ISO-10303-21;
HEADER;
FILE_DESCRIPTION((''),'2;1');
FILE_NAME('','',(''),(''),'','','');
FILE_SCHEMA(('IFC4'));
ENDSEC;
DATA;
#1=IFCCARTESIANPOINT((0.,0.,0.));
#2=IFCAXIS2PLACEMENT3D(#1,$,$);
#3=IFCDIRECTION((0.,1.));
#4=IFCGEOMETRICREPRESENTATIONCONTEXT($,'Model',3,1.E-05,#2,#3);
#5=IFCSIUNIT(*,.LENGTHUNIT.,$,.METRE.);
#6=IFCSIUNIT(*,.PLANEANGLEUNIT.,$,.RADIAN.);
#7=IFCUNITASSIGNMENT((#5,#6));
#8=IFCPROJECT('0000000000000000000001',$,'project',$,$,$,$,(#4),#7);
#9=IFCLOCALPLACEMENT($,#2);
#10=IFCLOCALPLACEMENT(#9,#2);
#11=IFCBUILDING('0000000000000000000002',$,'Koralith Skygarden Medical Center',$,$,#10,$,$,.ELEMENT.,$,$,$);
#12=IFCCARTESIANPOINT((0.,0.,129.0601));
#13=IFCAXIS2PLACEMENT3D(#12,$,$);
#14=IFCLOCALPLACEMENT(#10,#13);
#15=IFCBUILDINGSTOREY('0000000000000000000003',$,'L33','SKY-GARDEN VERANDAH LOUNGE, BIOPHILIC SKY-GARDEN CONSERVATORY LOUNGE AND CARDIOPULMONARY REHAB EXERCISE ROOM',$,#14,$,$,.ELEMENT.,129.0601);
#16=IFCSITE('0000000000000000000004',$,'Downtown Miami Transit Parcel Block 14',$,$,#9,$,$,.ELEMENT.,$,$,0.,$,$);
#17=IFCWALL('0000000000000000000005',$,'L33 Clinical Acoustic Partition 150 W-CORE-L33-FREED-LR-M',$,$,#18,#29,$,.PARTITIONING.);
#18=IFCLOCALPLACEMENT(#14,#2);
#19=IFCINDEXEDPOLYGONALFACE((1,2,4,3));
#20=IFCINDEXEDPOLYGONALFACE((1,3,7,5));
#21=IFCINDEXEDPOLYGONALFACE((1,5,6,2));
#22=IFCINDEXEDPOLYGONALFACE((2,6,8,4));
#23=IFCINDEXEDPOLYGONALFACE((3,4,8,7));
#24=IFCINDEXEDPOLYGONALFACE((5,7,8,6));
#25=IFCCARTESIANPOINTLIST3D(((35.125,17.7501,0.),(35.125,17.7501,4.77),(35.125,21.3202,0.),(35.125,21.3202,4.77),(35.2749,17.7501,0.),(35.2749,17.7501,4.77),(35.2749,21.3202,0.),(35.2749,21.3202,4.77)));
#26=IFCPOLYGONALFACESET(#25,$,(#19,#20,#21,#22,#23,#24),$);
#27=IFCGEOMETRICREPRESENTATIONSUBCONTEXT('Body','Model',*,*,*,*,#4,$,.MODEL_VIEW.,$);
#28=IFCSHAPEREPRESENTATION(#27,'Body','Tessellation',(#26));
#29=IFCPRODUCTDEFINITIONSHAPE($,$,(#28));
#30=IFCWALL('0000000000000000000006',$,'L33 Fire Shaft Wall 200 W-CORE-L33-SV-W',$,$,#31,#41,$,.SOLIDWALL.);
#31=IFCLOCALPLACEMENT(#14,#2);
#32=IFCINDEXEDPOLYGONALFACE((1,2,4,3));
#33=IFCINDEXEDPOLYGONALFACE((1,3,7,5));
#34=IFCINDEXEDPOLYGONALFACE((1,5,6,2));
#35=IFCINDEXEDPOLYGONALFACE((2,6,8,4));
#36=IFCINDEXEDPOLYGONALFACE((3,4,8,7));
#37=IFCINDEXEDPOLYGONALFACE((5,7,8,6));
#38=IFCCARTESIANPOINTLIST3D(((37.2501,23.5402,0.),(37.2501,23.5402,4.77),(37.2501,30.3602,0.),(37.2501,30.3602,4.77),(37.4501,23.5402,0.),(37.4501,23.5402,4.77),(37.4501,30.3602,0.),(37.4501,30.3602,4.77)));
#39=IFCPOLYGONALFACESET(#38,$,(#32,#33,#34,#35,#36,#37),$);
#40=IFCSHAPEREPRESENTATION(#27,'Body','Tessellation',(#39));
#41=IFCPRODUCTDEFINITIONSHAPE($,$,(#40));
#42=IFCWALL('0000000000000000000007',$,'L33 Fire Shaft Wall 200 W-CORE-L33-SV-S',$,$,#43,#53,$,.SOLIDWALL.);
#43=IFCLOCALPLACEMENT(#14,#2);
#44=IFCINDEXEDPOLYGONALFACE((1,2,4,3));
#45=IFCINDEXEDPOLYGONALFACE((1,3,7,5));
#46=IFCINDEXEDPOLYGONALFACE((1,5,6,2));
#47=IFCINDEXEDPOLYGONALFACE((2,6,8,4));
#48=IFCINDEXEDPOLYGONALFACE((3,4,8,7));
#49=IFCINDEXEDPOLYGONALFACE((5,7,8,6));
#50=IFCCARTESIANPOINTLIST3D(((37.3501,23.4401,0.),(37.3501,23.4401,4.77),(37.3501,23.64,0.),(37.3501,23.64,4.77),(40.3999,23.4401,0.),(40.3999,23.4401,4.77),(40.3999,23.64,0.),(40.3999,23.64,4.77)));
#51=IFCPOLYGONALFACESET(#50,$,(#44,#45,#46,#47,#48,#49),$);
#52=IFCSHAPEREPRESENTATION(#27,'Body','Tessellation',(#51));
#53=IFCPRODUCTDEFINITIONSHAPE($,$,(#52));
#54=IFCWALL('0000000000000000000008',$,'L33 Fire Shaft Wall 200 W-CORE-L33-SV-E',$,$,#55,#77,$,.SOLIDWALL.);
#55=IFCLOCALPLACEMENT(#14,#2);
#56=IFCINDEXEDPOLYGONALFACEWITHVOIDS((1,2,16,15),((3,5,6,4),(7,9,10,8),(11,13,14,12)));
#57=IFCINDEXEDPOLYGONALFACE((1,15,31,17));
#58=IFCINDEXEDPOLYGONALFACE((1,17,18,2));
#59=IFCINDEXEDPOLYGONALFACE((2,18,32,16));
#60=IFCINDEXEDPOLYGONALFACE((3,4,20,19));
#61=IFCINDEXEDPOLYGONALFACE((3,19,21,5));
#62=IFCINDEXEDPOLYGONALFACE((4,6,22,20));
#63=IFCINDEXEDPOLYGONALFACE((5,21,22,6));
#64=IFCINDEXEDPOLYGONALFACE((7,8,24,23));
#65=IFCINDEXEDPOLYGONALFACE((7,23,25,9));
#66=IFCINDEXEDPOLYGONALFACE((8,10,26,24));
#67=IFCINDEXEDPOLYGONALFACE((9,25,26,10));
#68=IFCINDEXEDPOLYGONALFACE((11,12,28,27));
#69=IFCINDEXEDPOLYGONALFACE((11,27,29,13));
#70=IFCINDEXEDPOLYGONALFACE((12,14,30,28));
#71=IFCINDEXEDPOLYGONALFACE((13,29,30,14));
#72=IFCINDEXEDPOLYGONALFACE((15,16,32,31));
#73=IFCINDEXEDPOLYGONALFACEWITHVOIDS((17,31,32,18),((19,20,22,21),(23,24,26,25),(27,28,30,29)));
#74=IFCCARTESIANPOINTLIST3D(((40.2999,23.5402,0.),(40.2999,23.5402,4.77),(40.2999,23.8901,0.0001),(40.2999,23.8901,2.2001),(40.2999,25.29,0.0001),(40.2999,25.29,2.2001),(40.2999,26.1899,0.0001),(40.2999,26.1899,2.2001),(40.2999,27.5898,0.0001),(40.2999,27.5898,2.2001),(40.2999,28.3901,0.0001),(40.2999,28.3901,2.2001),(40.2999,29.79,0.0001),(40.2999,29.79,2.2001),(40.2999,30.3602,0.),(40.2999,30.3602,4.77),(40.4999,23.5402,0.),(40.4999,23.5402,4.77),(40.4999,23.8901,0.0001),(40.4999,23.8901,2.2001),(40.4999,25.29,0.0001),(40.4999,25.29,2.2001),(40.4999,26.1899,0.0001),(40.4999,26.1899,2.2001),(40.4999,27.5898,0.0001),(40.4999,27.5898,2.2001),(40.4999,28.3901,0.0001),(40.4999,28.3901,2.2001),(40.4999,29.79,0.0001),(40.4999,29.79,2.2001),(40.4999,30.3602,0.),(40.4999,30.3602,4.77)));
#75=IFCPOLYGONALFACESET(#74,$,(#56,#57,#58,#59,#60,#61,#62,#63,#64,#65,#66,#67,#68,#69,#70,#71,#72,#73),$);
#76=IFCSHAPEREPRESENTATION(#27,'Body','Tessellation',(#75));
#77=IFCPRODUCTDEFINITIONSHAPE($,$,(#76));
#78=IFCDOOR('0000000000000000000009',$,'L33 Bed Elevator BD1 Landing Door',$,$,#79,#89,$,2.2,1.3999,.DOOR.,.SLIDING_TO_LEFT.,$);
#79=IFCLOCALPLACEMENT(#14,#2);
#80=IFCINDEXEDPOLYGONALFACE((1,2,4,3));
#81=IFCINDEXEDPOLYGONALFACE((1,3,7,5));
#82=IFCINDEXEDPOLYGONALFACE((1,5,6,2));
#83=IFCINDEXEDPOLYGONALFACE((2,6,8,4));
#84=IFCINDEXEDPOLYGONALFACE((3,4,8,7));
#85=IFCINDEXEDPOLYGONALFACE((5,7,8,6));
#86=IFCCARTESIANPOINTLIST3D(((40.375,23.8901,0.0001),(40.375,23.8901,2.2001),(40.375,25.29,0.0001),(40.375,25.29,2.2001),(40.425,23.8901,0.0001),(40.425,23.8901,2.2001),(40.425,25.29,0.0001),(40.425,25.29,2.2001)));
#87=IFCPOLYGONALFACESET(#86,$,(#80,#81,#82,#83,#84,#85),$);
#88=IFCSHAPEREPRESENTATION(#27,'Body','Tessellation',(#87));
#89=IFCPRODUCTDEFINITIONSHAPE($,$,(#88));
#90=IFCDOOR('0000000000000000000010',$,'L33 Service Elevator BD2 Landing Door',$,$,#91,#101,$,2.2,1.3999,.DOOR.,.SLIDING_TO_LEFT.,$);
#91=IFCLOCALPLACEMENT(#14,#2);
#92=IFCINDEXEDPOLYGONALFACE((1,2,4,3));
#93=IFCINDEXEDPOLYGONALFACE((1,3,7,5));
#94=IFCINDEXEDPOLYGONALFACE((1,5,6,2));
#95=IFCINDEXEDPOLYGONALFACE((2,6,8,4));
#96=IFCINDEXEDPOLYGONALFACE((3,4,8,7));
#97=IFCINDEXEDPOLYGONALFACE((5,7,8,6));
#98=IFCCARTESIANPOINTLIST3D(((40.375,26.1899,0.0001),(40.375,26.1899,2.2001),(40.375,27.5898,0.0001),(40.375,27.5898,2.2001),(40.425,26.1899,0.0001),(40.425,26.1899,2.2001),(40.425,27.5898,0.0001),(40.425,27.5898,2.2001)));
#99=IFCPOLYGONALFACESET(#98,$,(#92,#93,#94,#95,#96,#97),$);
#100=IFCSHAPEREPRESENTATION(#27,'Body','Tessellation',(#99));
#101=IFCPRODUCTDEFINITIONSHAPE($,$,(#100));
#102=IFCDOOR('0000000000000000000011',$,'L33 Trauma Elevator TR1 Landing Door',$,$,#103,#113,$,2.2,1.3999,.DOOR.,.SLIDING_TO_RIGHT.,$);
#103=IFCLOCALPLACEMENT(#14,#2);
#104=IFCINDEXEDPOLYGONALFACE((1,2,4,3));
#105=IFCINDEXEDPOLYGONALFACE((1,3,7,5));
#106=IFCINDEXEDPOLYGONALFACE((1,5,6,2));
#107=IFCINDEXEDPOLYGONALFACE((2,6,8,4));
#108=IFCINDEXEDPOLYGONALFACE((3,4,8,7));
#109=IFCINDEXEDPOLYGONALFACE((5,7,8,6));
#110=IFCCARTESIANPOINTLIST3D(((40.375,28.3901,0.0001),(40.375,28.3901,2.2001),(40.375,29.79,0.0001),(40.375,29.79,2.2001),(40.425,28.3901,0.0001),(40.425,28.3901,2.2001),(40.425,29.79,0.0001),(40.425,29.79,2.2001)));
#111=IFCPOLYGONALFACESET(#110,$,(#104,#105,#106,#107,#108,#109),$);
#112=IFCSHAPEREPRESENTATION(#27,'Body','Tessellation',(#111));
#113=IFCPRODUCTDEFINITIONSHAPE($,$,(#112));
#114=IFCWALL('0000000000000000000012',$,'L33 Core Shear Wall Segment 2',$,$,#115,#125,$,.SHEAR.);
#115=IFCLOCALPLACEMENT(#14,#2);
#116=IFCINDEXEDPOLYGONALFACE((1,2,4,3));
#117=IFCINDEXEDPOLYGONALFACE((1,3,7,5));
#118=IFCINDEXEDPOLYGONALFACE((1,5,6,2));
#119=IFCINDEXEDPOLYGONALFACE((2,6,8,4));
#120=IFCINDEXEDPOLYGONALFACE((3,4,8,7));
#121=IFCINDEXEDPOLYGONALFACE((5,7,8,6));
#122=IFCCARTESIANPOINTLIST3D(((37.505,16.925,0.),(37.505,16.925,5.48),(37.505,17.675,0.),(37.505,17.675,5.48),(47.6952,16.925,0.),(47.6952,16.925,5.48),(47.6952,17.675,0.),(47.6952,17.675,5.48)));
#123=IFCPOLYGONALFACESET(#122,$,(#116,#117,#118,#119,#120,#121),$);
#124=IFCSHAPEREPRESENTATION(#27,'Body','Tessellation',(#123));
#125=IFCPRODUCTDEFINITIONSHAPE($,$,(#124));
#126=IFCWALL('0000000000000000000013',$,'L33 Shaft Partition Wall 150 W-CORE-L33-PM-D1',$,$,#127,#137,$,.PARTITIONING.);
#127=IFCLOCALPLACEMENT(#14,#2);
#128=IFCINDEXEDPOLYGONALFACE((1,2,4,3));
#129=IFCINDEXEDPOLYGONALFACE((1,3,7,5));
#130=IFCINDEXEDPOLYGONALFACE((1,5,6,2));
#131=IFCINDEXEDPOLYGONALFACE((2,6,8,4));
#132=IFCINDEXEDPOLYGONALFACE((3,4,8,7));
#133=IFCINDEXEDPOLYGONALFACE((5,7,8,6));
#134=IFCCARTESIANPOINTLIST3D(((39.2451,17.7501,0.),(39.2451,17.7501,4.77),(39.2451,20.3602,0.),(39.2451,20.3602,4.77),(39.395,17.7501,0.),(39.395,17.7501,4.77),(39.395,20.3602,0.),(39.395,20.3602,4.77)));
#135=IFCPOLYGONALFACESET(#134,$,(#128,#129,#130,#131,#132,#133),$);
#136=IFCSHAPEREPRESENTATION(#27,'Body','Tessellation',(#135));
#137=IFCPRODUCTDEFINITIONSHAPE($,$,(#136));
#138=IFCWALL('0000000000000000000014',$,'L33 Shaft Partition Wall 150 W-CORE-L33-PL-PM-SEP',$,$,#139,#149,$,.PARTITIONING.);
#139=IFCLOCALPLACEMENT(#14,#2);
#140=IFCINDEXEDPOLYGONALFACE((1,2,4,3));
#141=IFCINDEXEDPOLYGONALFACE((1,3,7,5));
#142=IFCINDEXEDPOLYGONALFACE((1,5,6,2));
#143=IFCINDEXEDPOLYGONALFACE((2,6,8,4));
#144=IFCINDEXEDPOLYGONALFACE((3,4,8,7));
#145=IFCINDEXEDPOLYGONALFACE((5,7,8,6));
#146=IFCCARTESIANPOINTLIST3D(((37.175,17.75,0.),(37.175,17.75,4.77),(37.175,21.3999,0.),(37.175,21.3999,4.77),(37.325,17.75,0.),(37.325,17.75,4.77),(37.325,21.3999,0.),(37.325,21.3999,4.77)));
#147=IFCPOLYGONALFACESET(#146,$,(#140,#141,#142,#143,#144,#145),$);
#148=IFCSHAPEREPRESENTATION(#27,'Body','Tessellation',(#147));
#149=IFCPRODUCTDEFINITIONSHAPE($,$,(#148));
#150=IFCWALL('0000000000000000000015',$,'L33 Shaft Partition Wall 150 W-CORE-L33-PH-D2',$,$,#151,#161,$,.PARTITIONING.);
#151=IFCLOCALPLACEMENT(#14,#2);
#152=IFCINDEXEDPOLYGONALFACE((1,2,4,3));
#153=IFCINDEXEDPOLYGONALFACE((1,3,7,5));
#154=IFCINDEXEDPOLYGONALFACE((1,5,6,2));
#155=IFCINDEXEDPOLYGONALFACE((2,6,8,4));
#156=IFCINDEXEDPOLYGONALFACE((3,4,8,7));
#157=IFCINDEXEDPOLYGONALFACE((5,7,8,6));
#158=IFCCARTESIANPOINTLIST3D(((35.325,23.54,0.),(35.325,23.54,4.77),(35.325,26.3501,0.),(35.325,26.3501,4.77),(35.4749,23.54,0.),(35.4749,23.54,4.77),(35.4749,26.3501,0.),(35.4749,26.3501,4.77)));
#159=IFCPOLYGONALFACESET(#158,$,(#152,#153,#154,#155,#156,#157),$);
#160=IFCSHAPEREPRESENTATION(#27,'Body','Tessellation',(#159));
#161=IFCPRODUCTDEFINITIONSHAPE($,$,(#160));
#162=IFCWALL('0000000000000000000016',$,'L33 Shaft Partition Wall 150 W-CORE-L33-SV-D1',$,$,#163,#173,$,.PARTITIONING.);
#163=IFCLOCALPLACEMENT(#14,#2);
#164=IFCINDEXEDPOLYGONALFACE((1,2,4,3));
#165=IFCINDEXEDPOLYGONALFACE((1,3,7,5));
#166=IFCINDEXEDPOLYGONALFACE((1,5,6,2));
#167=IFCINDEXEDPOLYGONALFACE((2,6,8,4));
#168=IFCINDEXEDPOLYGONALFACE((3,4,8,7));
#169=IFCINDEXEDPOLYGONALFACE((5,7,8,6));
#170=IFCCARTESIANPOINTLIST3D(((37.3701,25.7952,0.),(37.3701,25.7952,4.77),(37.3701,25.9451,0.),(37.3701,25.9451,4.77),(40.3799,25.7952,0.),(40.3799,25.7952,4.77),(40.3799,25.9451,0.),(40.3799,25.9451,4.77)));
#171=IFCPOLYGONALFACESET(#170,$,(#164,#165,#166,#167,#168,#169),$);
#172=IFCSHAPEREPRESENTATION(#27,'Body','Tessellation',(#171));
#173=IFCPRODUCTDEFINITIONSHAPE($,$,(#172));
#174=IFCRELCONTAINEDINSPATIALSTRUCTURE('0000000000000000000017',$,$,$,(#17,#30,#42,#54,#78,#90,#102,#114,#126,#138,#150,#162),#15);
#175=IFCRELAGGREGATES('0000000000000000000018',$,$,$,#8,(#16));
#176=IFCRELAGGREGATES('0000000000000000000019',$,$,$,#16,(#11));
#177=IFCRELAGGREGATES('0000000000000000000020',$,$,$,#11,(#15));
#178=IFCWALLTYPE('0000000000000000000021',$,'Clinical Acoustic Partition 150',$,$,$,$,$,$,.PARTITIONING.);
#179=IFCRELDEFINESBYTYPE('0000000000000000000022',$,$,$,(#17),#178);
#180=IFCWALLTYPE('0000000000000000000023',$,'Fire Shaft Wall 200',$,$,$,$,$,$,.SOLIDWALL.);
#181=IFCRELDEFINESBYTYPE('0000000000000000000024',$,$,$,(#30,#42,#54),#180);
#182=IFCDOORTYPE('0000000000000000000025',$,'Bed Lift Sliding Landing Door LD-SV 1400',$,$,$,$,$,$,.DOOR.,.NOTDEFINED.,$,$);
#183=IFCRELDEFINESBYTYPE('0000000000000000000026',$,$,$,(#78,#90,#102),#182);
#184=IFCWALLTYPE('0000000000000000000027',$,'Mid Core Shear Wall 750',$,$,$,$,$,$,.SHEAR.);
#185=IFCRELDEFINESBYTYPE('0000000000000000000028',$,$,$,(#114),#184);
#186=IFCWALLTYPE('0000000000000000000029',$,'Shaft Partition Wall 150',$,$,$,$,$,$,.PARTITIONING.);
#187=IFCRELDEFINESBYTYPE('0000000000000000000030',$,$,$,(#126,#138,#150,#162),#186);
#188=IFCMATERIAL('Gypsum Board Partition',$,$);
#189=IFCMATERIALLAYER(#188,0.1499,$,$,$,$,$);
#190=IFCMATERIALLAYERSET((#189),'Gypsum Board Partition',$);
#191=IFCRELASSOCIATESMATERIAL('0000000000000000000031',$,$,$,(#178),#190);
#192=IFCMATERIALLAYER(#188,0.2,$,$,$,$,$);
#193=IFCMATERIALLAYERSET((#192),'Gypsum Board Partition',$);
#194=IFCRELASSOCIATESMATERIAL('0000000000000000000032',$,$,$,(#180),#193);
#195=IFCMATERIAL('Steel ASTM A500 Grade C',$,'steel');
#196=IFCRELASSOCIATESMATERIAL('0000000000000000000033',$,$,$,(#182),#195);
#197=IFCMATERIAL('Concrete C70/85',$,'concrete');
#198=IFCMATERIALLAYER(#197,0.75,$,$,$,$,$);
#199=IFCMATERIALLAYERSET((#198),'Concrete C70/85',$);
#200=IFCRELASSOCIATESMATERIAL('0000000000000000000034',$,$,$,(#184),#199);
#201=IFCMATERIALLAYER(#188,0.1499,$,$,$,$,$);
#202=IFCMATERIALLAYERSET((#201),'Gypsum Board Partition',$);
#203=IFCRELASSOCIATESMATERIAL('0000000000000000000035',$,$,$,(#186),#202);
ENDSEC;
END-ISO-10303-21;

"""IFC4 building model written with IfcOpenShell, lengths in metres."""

from ifc_helpers import new_model, si_unit, direction, frame, frame_2d, origin, place, context, subcontext, project, spatial, rectangle, extrude, material, layer, layer_set, type_object, element, fill, save


model = new_model("IFC4")

# Units and contexts
model_context = context("Model", 3, precision=1e-05, world=origin(), true_north=direction((0.0, 1.0)))
body_context = subcontext(model_context, "Body", "Model", "MODEL_VIEW")
ifc_project = project(units=[si_unit("LENGTHUNIT", "METRE"), si_unit("PLANEANGLEUNIT", "RADIAN")], contexts=[model_context])

# Site, building, storey
site_placement = place(None, origin())
site = spatial("IfcSite", under=ifc_project, at=site_placement, Name="Downtown Miami Transit Parcel Block 14", CompositionType="ELEMENT", RefElevation=0.0)
building_placement = place(site_placement, origin())
building = spatial("IfcBuilding", under=site, at=building_placement, Name="Koralith Skygarden Medical Center", CompositionType="ELEMENT")
storey_placement = place(building_placement, frame((0.0, 0.0, 129.0601)))
storey = spatial("IfcBuildingStorey", under=building, at=storey_placement, Name="L33", Description="SKY-GARDEN VERANDAH LOUNGE, BIOPHILIC SKY-GARDEN CONSERVATORY LOUNGE AND CARDIOPULMONARY REHAB EXERCISE ROOM", CompositionType="ELEMENT", Elevation=129.0601)

# Wall
ifc_material_1 = material(Name="Gypsum Board Partition")
ifc_layer_1 = layer(ifc_material_1, 0.1499)
ifc_layer_set_1 = layer_set([ifc_layer_1], Name="Gypsum Board Partition")
wall_type_1 = type_object("IfcWallType", Name="Clinical Acoustic Partition 150", PredefinedType="PARTITIONING", material=ifc_layer_set_1)
wall_1_placement = place(storey_placement, frame((35.2, 17.75, 0.0), z_axis=(0.0, 0.0, 1.0), x_axis=(0.0, 1.0, 0.0)))
element("IfcWall", 1, at=wall_1_placement, inside=storey, type_object=wall_type_1, Name="L33 Clinical Acoustic Partition 150 W-CORE-L33-FREED-LR-M", PredefinedType="PARTITIONING", context=body_context, shape_type="SweptSolid", body=[
    extrude(rectangle(XDim=3.5701, YDim=0.1499, at=frame_2d((1.7852, 0.0))), origin(), (0.0, 0.0, 1.0), 4.77),
])

# Shared definitions
ifc_layer_2 = layer(ifc_material_1, 0.2)
ifc_layer_set_2 = layer_set([ifc_layer_2], Name="Gypsum Board Partition")
wall_type_2 = type_object("IfcWallType", Name="Fire Shaft Wall 200", PredefinedType="SOLIDWALL", material=ifc_layer_set_2)
ifc_material_2 = material(Name="Steel ASTM A500 Grade C", Category="steel")

# Walls
wall_2_placement = place(storey_placement, frame((37.3501, 23.54, 0.0), z_axis=(0.0, 0.0, 1.0), x_axis=(0.0, 1.0, 0.0)))
element("IfcWall", 2, at=wall_2_placement, inside=storey, type_object=wall_type_2, Name="L33 Fire Shaft Wall 200 W-CORE-L33-SV-W", PredefinedType="SOLIDWALL", context=body_context, shape_type="SweptSolid", body=[
    extrude(rectangle(XDim=6.8201, YDim=0.2, at=frame_2d((3.4102, 0.0))), origin(), (0.0, 0.0, 1.0), 4.77),
])
wall_3_placement = place(storey_placement, frame((37.3501, 23.54, 0.0), z_axis=(0.0, 0.0, 1.0), x_axis=(1.0, 0.0, 0.0)))
element("IfcWall", 3, at=wall_3_placement, inside=storey, type_object=wall_type_2, Name="L33 Fire Shaft Wall 200 W-CORE-L33-SV-S", PredefinedType="SOLIDWALL", context=body_context, shape_type="SweptSolid", body=[
    extrude(rectangle(XDim=3.0498, YDim=0.2, at=frame_2d((1.5249, 0.0))), origin(), (0.0, 0.0, 1.0), 4.77),
])

# Wall, openings, doors
wall_4_placement = place(storey_placement, frame((40.3999, 23.54, 0.0), z_axis=(0.0, 0.0, 1.0), x_axis=(0.0, 1.0, 0.0)))
wall_4 = element("IfcWall", 4, at=wall_4_placement, inside=storey, type_object=wall_type_2, Name="L33 Fire Shaft Wall 200 W-CORE-L33-SV-E", PredefinedType="SOLIDWALL", context=body_context, shape_type="SweptSolid", body=[
    extrude(rectangle(XDim=6.8201, YDim=0.2, at=frame_2d((3.4102, 0.0))), origin(), (0.0, 0.0, 1.0), 4.77),
])
opening_1_placement = place(wall_4_placement, frame((0.3501, 0.0, 0.0)))
opening_1 = element("IfcOpeningElement", 5, at=opening_1_placement, cuts=wall_4, PredefinedType="OPENING", context=body_context, shape_type="SweptSolid", body=[
    extrude(rectangle(XDim=1.3999, YDim=2.2, at=frame_2d((0.7, 1.1001))), frame((0.0, 0.1099, 0.0), z_axis=(0.0, -1.0, 0.0), x_axis=(1.0, 0.0, 0.0)), (0.0, 0.0, 1.0), 0.22),
])
opening_2_placement = place(wall_4_placement, frame((2.6499, 0.0, 0.0)))
opening_2 = element("IfcOpeningElement", 6, at=opening_2_placement, cuts=wall_4, PredefinedType="OPENING", context=body_context, shape_type="SweptSolid", body=[
    extrude(rectangle(XDim=1.3999, YDim=2.2, at=frame_2d((0.7, 1.1001))), frame((0.0, 0.1099, 0.0), z_axis=(0.0, -1.0, 0.0), x_axis=(1.0, 0.0, 0.0)), (0.0, 0.0, 1.0), 0.22),
])
opening_3_placement = place(wall_4_placement, frame((4.8501, 0.0, 0.0)))
opening_3 = element("IfcOpeningElement", 7, at=opening_3_placement, cuts=wall_4, PredefinedType="OPENING", context=body_context, shape_type="SweptSolid", body=[
    extrude(rectangle(XDim=1.3999, YDim=2.2, at=frame_2d((0.7, 1.1001))), frame((0.0, 0.1099, 0.0), z_axis=(0.0, -1.0, 0.0), x_axis=(1.0, 0.0, 0.0)), (0.0, 0.0, 1.0), 0.22),
])
door_type_1 = type_object("IfcDoorType", Name="Bed Lift Sliding Landing Door LD-SV 1400", OperationType="NOTDEFINED", PredefinedType="DOOR", material=ifc_material_2)
door_1_placement = place(opening_1_placement, origin())
door_1 = element("IfcDoor", 8, at=door_1_placement, inside=storey, type_object=door_type_1, Name="L33 Bed Elevator BD1 Landing Door", OperationType="SLIDING_TO_LEFT", OverallHeight=2.2, OverallWidth=1.3999, PredefinedType="DOOR", context=body_context, shape_type="SweptSolid", body=[
    extrude(rectangle(XDim=1.3999, YDim=2.2, at=frame_2d((0.7, 1.1001))), frame((0.0, 0.0249, 0.0), z_axis=(0.0, -1.0, 0.0), x_axis=(1.0, 0.0, 0.0)), (0.0, 0.0, 1.0), 0.05),
])
fill(opening_1, door_1)
door_2_placement = place(opening_2_placement, origin())
door_2 = element("IfcDoor", 9, at=door_2_placement, inside=storey, type_object=door_type_1, Name="L33 Service Elevator BD2 Landing Door", OperationType="SLIDING_TO_LEFT", OverallHeight=2.2, OverallWidth=1.3999, PredefinedType="DOOR", context=body_context, shape_type="SweptSolid", body=[
    extrude(rectangle(XDim=1.3999, YDim=2.2, at=frame_2d((0.7, 1.1001))), frame((0.0, 0.0249, 0.0), z_axis=(0.0, -1.0, 0.0), x_axis=(1.0, 0.0, 0.0)), (0.0, 0.0, 1.0), 0.05),
])
fill(opening_2, door_2)
door_3_placement = place(opening_3_placement, origin())
door_3 = element("IfcDoor", 10, at=door_3_placement, inside=storey, type_object=door_type_1, Name="L33 Trauma Elevator TR1 Landing Door", OperationType="SLIDING_TO_RIGHT", OverallHeight=2.2, OverallWidth=1.3999, PredefinedType="DOOR", context=body_context, shape_type="SweptSolid", body=[
    extrude(rectangle(XDim=1.3999, YDim=2.2, at=frame_2d((0.7, 1.1001))), frame((0.0, 0.0249, 0.0), z_axis=(0.0, -1.0, 0.0), x_axis=(1.0, 0.0, 0.0)), (0.0, 0.0, 1.0), 0.05),
])
fill(opening_3, door_3)

# Walls
ifc_material_3 = material(Name="Concrete C70/85", Category="concrete")
ifc_layer_3 = layer(ifc_material_3, 0.75)
ifc_layer_set_3 = layer_set([ifc_layer_3], Name="Concrete C70/85")
wall_type_3 = type_object("IfcWallType", Name="Mid Core Shear Wall 750", PredefinedType="SHEAR", material=ifc_layer_set_3)
wall_5_placement = place(storey_placement, frame((37.5049, 17.3, 0.0), z_axis=(0.0, 0.0, 1.0), x_axis=(1.0, 0.0, 0.0)))
element("IfcWall", 11, at=wall_5_placement, inside=storey, type_object=wall_type_3, Name="L33 Core Shear Wall Segment 2", PredefinedType="SHEAR", context=body_context, shape_type="SweptSolid", body=[
    extrude(rectangle(XDim=10.1902, YDim=0.75, at=frame_2d((5.0952, 0.0))), origin(), (0.0, 0.0, 1.0), 5.48),
])
ifc_layer_4 = layer(ifc_material_1, 0.1499)
ifc_layer_set_4 = layer_set([ifc_layer_4], Name="Gypsum Board Partition")
wall_type_4 = type_object("IfcWallType", Name="Shaft Partition Wall 150", PredefinedType="PARTITIONING", material=ifc_layer_set_4)
wall_6_placement = place(storey_placement, frame((39.3201, 17.75, 0.0), z_axis=(0.0, 0.0, 1.0), x_axis=(0.0, 1.0, 0.0)))
element("IfcWall", 12, at=wall_6_placement, inside=storey, type_object=wall_type_4, Name="L33 Shaft Partition Wall 150 W-CORE-L33-PM-D1", PredefinedType="PARTITIONING", context=body_context, shape_type="SweptSolid", body=[
    extrude(rectangle(XDim=2.6101, YDim=0.1499, at=frame_2d((1.3052, 0.0))), origin(), (0.0, 0.0, 1.0), 4.77),
])
wall_7_placement = place(storey_placement, frame((37.25, 17.75, 0.0), z_axis=(0.0, 0.0, 1.0), x_axis=(0.0, 1.0, 0.0)))
element("IfcWall", 13, at=wall_7_placement, inside=storey, type_object=wall_type_4, Name="L33 Shaft Partition Wall 150 W-CORE-L33-PL-PM-SEP", PredefinedType="PARTITIONING", context=body_context, shape_type="SweptSolid", body=[
    extrude(rectangle(XDim=3.6499, YDim=0.1499, at=frame_2d((1.825, 0.0))), origin(), (0.0, 0.0, 1.0), 4.77),
])
wall_8_placement = place(storey_placement, frame((35.3999, 23.54, 0.0), z_axis=(0.0, 0.0, 1.0), x_axis=(0.0, 1.0, 0.0)))
element("IfcWall", 14, at=wall_8_placement, inside=storey, type_object=wall_type_4, Name="L33 Shaft Partition Wall 150 W-CORE-L33-PH-D2", PredefinedType="PARTITIONING", context=body_context, shape_type="SweptSolid", body=[
    extrude(rectangle(XDim=2.8101, YDim=0.1499, at=frame_2d((1.405, 0.0))), origin(), (0.0, 0.0, 1.0), 4.77),
])
wall_9_placement = place(storey_placement, frame((37.3701, 25.8701, 0.0), z_axis=(0.0, 0.0, 1.0), x_axis=(1.0, 0.0, 0.0)))
element("IfcWall", 15, at=wall_9_placement, inside=storey, type_object=wall_type_4, Name="L33 Shaft Partition Wall 150 W-CORE-L33-SV-D1", PredefinedType="PARTITIONING", context=body_context, shape_type="SweptSolid", body=[
    extrude(rectangle(XDim=3.0098, YDim=0.1499, at=frame_2d((1.5049, 0.0))), origin(), (0.0, 0.0, 1.0), 4.77),
])

save(model, "model.ifc")
